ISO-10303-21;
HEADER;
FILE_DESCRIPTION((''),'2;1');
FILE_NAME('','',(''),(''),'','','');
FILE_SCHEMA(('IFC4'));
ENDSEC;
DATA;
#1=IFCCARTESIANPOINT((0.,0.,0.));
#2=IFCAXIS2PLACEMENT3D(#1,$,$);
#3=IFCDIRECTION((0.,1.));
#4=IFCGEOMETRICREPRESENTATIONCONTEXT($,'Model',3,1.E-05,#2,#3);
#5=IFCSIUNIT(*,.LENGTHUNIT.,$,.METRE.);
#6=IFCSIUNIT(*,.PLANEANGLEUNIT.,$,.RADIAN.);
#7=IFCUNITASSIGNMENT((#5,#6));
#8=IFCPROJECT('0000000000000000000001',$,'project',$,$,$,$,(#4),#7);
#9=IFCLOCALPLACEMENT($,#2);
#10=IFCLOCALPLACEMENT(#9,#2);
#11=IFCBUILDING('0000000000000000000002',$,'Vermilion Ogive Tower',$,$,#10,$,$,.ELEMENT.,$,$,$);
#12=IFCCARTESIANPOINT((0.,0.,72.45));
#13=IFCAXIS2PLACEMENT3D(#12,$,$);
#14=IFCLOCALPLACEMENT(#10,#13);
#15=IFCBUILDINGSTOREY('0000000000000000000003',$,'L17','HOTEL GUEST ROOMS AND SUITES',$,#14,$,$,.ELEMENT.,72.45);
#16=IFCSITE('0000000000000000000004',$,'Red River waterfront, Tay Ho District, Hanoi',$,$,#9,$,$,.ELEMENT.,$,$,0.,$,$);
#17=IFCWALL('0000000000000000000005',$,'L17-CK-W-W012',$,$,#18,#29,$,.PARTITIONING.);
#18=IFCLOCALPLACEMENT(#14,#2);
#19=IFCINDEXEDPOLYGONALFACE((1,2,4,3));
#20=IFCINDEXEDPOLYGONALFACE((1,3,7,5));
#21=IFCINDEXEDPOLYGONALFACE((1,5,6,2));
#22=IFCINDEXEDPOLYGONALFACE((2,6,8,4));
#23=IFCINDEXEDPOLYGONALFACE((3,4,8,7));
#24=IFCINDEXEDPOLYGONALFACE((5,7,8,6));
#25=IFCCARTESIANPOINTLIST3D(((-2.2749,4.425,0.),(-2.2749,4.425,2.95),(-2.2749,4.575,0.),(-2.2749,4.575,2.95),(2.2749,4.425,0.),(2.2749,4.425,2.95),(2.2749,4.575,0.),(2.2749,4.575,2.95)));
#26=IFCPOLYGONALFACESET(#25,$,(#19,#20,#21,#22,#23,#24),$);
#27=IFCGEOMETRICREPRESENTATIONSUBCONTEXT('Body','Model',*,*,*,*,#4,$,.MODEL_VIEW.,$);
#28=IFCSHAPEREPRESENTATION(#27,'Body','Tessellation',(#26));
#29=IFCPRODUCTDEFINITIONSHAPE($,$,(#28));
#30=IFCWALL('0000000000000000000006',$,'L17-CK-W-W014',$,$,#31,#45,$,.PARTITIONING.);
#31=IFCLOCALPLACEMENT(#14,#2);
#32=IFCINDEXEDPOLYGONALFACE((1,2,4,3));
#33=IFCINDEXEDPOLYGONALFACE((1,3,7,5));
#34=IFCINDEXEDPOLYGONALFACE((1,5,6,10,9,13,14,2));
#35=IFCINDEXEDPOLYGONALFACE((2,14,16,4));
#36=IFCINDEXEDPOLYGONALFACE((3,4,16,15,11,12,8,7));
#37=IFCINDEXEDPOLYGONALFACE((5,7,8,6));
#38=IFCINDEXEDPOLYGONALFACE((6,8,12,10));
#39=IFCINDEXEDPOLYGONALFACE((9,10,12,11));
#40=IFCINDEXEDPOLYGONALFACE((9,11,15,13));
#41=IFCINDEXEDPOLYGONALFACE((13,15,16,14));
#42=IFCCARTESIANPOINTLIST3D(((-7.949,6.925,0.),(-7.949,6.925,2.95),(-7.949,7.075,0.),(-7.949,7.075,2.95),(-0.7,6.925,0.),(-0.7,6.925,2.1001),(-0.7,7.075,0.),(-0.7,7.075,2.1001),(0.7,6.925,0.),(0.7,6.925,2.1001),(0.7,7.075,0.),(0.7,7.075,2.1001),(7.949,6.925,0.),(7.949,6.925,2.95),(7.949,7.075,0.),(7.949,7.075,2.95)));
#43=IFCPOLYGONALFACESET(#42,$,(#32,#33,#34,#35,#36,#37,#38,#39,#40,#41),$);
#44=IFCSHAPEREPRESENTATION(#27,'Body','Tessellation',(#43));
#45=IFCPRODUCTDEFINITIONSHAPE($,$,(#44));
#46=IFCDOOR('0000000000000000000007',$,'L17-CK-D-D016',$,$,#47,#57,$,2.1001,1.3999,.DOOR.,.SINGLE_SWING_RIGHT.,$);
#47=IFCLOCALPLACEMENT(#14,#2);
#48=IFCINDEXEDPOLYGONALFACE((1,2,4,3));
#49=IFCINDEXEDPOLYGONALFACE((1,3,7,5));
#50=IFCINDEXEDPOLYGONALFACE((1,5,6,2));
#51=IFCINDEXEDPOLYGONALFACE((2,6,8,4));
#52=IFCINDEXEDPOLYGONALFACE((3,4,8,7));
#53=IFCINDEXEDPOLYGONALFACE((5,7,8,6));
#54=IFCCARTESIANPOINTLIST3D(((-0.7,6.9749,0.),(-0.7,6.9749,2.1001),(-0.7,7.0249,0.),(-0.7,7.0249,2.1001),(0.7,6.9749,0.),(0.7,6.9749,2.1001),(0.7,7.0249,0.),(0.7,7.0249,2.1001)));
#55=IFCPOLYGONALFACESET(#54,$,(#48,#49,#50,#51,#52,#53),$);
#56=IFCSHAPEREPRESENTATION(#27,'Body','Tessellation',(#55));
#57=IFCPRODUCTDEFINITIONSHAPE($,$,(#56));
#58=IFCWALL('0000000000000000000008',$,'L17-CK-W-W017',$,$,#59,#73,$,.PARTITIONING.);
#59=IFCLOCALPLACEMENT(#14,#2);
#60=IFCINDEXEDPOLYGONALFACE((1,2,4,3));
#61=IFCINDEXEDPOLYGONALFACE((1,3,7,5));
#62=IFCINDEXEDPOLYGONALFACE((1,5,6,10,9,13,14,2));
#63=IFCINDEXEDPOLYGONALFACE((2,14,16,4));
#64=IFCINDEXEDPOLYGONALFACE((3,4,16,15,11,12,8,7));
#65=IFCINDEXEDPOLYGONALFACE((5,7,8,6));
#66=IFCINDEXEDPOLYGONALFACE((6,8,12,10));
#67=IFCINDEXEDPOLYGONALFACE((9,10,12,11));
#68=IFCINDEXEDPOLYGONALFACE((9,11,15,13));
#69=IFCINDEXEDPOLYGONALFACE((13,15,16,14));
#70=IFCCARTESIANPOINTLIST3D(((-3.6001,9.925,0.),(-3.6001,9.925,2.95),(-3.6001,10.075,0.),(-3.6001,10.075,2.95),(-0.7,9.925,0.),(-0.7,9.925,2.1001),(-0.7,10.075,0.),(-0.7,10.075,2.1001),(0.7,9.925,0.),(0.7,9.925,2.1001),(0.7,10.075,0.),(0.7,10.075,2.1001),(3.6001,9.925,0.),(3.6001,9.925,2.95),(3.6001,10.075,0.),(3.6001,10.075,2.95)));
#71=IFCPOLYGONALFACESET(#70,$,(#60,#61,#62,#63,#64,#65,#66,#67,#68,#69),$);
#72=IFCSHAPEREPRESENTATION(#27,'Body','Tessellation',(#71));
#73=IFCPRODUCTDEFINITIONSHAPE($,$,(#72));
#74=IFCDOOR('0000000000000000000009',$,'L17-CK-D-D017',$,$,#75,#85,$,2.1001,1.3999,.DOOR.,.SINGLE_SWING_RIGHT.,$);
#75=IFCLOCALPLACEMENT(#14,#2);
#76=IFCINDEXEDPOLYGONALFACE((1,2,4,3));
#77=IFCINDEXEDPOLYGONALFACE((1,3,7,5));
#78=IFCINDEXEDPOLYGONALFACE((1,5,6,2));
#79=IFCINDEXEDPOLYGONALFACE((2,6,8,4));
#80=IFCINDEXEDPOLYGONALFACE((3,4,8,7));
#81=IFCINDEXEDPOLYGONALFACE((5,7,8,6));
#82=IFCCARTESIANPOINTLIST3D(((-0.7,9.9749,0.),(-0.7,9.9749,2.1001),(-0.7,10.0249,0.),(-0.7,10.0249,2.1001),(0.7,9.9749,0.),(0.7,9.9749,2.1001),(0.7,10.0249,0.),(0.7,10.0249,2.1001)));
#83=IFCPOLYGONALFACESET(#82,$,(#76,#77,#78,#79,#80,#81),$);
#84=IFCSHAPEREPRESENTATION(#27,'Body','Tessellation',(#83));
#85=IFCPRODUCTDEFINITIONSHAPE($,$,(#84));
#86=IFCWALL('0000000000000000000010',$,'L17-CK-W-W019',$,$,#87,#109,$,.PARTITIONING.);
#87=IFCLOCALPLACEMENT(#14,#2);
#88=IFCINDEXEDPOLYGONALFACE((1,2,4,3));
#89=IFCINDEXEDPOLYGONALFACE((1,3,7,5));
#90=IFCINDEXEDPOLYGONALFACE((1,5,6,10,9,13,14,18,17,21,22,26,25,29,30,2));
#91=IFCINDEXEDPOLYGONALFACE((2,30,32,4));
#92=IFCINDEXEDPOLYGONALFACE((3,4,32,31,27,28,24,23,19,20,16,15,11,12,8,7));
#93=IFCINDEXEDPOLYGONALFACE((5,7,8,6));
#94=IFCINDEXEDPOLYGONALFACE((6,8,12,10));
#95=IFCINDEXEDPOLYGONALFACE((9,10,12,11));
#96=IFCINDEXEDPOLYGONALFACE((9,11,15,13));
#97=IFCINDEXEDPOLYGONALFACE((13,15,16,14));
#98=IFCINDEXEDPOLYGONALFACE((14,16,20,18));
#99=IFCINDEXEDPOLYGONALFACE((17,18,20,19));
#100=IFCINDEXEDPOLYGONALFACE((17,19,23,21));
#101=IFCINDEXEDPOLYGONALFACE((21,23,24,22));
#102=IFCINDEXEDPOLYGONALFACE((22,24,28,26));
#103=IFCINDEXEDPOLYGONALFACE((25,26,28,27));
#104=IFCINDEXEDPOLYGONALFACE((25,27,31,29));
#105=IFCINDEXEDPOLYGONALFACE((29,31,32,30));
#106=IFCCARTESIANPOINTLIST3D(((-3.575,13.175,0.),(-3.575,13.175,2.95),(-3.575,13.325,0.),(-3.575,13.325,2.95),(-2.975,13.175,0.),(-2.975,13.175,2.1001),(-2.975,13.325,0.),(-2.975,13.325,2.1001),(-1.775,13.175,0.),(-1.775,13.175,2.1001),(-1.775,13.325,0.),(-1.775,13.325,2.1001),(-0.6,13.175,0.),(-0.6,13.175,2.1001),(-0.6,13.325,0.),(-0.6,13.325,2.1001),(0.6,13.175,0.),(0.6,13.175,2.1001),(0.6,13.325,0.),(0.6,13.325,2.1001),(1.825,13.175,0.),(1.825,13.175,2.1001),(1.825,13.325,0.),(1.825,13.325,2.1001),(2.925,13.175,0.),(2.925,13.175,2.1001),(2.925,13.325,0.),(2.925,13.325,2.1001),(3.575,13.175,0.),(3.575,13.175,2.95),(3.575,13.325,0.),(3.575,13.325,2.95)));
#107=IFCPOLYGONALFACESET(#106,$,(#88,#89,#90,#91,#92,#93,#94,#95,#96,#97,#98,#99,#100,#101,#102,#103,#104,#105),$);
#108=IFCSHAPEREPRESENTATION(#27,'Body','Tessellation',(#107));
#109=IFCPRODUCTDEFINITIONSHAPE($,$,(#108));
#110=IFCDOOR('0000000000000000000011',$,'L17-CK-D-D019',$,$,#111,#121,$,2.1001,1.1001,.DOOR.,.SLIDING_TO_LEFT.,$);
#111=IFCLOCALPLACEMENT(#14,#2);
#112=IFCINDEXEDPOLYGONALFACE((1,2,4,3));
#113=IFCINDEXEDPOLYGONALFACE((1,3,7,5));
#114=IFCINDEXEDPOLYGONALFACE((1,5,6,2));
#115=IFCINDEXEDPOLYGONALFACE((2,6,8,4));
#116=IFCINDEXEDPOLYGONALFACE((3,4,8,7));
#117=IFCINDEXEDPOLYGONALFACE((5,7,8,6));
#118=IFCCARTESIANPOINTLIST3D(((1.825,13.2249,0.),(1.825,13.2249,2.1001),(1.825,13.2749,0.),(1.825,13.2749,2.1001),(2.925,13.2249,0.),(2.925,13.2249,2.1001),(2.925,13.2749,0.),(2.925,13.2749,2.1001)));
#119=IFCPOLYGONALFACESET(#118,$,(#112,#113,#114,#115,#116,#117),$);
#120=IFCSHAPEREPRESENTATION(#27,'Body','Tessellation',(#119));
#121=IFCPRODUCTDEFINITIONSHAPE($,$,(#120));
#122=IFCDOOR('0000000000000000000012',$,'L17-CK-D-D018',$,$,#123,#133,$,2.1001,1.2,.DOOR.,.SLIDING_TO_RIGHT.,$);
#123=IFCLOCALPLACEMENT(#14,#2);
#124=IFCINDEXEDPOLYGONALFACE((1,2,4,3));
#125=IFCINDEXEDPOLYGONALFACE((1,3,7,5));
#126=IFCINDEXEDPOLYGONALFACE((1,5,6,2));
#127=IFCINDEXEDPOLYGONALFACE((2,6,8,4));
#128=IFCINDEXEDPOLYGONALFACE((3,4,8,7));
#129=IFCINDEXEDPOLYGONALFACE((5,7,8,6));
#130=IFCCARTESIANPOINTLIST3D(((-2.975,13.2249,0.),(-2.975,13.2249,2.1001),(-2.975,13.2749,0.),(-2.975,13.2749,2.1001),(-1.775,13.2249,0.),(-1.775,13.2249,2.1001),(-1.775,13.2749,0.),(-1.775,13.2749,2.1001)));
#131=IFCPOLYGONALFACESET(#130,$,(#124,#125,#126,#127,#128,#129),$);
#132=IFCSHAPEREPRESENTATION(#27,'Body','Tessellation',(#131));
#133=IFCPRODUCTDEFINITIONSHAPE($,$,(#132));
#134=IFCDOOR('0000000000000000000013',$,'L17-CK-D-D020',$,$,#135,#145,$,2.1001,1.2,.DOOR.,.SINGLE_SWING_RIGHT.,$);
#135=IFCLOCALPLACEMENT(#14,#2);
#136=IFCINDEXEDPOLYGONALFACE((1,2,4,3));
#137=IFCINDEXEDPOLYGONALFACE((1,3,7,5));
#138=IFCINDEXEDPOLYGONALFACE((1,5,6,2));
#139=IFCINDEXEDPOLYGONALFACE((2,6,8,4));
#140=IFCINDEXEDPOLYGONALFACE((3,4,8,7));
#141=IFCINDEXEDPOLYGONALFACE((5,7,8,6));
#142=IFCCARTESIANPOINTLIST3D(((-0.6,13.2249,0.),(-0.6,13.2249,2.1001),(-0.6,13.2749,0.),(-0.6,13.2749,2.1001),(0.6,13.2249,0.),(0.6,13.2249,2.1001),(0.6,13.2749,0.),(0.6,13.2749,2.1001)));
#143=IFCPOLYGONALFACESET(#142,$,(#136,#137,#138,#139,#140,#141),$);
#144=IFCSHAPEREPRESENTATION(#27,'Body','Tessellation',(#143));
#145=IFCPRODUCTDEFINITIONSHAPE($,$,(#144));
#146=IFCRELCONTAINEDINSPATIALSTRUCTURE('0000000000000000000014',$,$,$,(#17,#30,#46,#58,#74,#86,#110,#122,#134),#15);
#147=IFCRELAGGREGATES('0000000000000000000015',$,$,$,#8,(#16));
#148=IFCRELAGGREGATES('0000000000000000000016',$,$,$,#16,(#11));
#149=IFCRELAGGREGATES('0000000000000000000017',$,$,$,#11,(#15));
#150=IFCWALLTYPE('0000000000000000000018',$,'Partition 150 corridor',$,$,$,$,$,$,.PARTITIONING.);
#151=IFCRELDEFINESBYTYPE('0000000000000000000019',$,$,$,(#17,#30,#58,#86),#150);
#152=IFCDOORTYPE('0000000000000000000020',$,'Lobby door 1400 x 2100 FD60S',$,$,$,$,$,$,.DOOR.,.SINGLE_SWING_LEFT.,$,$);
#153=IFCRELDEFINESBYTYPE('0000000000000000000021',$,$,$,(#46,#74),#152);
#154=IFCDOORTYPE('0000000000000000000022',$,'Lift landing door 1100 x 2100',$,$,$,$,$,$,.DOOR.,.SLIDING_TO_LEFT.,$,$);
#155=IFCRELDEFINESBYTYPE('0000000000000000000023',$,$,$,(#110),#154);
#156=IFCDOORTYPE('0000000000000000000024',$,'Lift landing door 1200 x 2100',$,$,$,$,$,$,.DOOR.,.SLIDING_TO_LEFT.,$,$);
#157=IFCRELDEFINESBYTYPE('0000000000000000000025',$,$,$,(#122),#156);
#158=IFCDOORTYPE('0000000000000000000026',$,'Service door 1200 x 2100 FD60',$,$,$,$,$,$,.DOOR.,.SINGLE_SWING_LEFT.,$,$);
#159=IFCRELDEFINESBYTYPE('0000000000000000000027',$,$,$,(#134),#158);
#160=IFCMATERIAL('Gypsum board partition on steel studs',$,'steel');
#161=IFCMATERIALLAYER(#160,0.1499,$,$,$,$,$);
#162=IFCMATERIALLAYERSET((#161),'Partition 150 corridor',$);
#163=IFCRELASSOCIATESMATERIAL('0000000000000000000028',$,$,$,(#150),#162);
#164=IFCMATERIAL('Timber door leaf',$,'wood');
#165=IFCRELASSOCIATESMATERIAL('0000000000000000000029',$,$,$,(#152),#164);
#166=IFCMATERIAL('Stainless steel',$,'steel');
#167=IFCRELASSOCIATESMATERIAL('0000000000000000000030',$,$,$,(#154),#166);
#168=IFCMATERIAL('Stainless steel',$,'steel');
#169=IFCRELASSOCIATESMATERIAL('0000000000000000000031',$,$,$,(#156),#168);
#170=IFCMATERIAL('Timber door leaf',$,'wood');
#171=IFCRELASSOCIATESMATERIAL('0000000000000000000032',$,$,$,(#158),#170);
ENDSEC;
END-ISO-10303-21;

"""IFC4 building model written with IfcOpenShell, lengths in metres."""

from ifc_helpers import new_model, si_unit, direction, frame, frame_2d, origin, place, context, subcontext, project, spatial, rectangle, extrude, material, layer, layer_set, type_object, element, fill, save


model = new_model("IFC4")

# Units and contexts
model_context = context("Model", 3, precision=1e-05, world=origin(), true_north=direction((0.0, 1.0)))
body_context = subcontext(model_context, "Body", "Model", "MODEL_VIEW")
ifc_project = project(units=[si_unit("LENGTHUNIT", "METRE"), si_unit("PLANEANGLEUNIT", "RADIAN")], contexts=[model_context])

# Site, building, storey
site_placement = place(None, origin())
site = spatial("IfcSite", under=ifc_project, at=site_placement, Name="Red River waterfront, Tay Ho District, Hanoi", CompositionType="ELEMENT", RefElevation=0.0)
building_placement = place(site_placement, origin())
building = spatial("IfcBuilding", under=site, at=building_placement, Name="Vermilion Ogive Tower", CompositionType="ELEMENT")
storey_placement = place(building_placement, frame((0.0, 0.0, 72.45)))
storey = spatial("IfcBuildingStorey", under=building, at=storey_placement, Name="L17", Description="HOTEL GUEST ROOMS AND SUITES", CompositionType="ELEMENT", Elevation=72.45)

# Wall
ifc_material_1 = material(Name="Gypsum board partition on steel studs", Category="steel")
ifc_layer_1 = layer(ifc_material_1, 0.1499)
ifc_layer_set_1 = layer_set([ifc_layer_1], Name="Partition 150 corridor")
wall_type_1 = type_object("IfcWallType", Name="Partition 150 corridor", PredefinedType="PARTITIONING", material=ifc_layer_set_1)
wall_1_placement = place(storey_placement, frame((-2.2749, 4.5, 0.0), z_axis=(0.0, 0.0, 1.0), x_axis=(1.0, 0.0, 0.0)))
element("IfcWall", 1, at=wall_1_placement, inside=storey, type_object=wall_type_1, Name="L17-CK-W-W012", PredefinedType="PARTITIONING", context=body_context, shape_type="SweptSolid", body=[
    extrude(rectangle(XDim=4.5498, YDim=0.1499, at=frame_2d((2.2749, 0.0))), origin(), (0.0, 0.0, 1.0), 2.95),
])

# Walls, openings, doors
wall_2_placement = place(storey_placement, frame((-7.949, 7.0, 0.0), z_axis=(0.0, 0.0, 1.0), x_axis=(1.0, 0.0, 0.0)))
wall_2 = element("IfcWall", 2, at=wall_2_placement, inside=storey, type_object=wall_type_1, Name="L17-CK-W-W014", PredefinedType="PARTITIONING", context=body_context, shape_type="SweptSolid", body=[
    extrude(rectangle(XDim=15.8979, YDim=0.1499, at=frame_2d((7.949, 0.0))), origin(), (0.0, 0.0, 1.0), 2.95),
])
opening_1_placement = place(wall_2_placement, frame((7.249, 0.0, 0.0)))
opening_1 = element("IfcOpeningElement", 3, at=opening_1_placement, cuts=wall_2, PredefinedType="OPENING", context=body_context, shape_type="SweptSolid", body=[
    extrude(rectangle(XDim=1.3999, YDim=2.1001, at=frame_2d((0.7, 1.05))), frame((0.0, 0.085, 0.0), z_axis=(0.0, -1.0, 0.0), x_axis=(1.0, 0.0, 0.0)), (0.0, 0.0, 1.0), 0.1699),
])
ifc_material_2 = material(Name="Timber door leaf", Category="wood")
door_type_1 = type_object("IfcDoorType", Name="Lobby door 1400 x 2100 FD60S", OperationType="SINGLE_SWING_LEFT", PredefinedType="DOOR", material=ifc_material_2)
door_1_placement = place(opening_1_placement, origin())
door_1 = element("IfcDoor", 4, at=door_1_placement, inside=storey, type_object=door_type_1, Name="L17-CK-D-D016", OperationType="SINGLE_SWING_RIGHT", OverallHeight=2.1001, OverallWidth=1.3999, PredefinedType="DOOR", context=body_context, shape_type="SweptSolid", body=[
    extrude(rectangle(XDim=1.3999, YDim=2.1001, at=frame_2d((0.7, 1.05))), frame((0.0, 0.0249, 0.0), z_axis=(0.0, -1.0, 0.0), x_axis=(1.0, 0.0, 0.0)), (0.0, 0.0, 1.0), 0.05),
])
fill(opening_1, door_1)
wall_3_placement = place(storey_placement, frame((-3.6001, 10.0, 0.0), z_axis=(0.0, 0.0, 1.0), x_axis=(1.0, 0.0, 0.0)))
wall_3 = element("IfcWall", 5, at=wall_3_placement, inside=storey, type_object=wall_type_1, Name="L17-CK-W-W017", PredefinedType="PARTITIONING", context=body_context, shape_type="SweptSolid", body=[
    extrude(rectangle(XDim=7.2002, YDim=0.1499, at=frame_2d((3.6001, 0.0))), origin(), (0.0, 0.0, 1.0), 2.95),
])
opening_2_placement = place(wall_3_placement, frame((2.9001, 0.0, 0.0)))
opening_2 = element("IfcOpeningElement", 6, at=opening_2_placement, cuts=wall_3, PredefinedType="OPENING", context=body_context, shape_type="SweptSolid", body=[
    extrude(rectangle(XDim=1.3999, YDim=2.1001, at=frame_2d((0.7, 1.05))), frame((0.0, 0.085, 0.0), z_axis=(0.0, -1.0, 0.0), x_axis=(1.0, 0.0, 0.0)), (0.0, 0.0, 1.0), 0.1699),
])
door_2_placement = place(opening_2_placement, origin())
door_2 = element("IfcDoor", 7, at=door_2_placement, inside=storey, type_object=door_type_1, Name="L17-CK-D-D017", OperationType="SINGLE_SWING_RIGHT", OverallHeight=2.1001, OverallWidth=1.3999, PredefinedType="DOOR", context=body_context, shape_type="SweptSolid", body=[
    extrude(rectangle(XDim=1.3999, YDim=2.1001, at=frame_2d((0.7, 1.05))), frame((0.0, 0.0249, 0.0), z_axis=(0.0, -1.0, 0.0), x_axis=(1.0, 0.0, 0.0)), (0.0, 0.0, 1.0), 0.05),
])
fill(opening_2, door_2)

# Wall, openings, doors
wall_4_placement = place(storey_placement, frame((-3.575, 13.25, 0.0), z_axis=(0.0, 0.0, 1.0), x_axis=(1.0, 0.0, 0.0)))
wall_4 = element("IfcWall", 8, at=wall_4_placement, inside=storey, type_object=wall_type_1, Name="L17-CK-W-W019", PredefinedType="PARTITIONING", context=body_context, shape_type="SweptSolid", body=[
    extrude(rectangle(XDim=7.1499, YDim=0.1499, at=frame_2d((3.575, 0.0))), origin(), (0.0, 0.0, 1.0), 2.95),
])
opening_3_placement = place(wall_4_placement, frame((0.5999, 0.0, 0.0)))
opening_3 = element("IfcOpeningElement", 9, at=opening_3_placement, cuts=wall_4, PredefinedType="OPENING", context=body_context, shape_type="SweptSolid", body=[
    extrude(rectangle(XDim=1.2, YDim=2.1001, at=frame_2d((0.6001, 1.05))), frame((0.0, 0.085, 0.0), z_axis=(0.0, -1.0, 0.0), x_axis=(1.0, 0.0, 0.0)), (0.0, 0.0, 1.0), 0.1699),
])
opening_4_placement = place(wall_4_placement, frame((5.3999, 0.0, 0.0)))
opening_4 = element("IfcOpeningElement", 10, at=opening_4_placement, cuts=wall_4, PredefinedType="OPENING", context=body_context, shape_type="SweptSolid", body=[
    extrude(rectangle(XDim=1.1001, YDim=2.1001, at=frame_2d((0.55, 1.05))), frame((0.0, 0.085, 0.0), z_axis=(0.0, -1.0, 0.0), x_axis=(1.0, 0.0, 0.0)), (0.0, 0.0, 1.0), 0.1699),
])
opening_5_placement = place(wall_4_placement, frame((2.9749, 0.0, 0.0)))
opening_5 = element("IfcOpeningElement", 11, at=opening_5_placement, cuts=wall_4, PredefinedType="OPENING", context=body_context, shape_type="SweptSolid", body=[
    extrude(rectangle(XDim=1.2, YDim=2.1001, at=frame_2d((0.6001, 1.05))), frame((0.0, 0.085, 0.0), z_axis=(0.0, -1.0, 0.0), x_axis=(1.0, 0.0, 0.0)), (0.0, 0.0, 1.0), 0.1699),
])
ifc_material_3 = material(Name="Stainless steel", Category="steel")
door_type_2 = type_object("IfcDoorType", Name="Lift landing door 1100 x 2100", OperationType="SLIDING_TO_LEFT", PredefinedType="DOOR", material=ifc_material_3)
door_3_placement = place(opening_4_placement, origin())
door_3 = element("IfcDoor", 12, at=door_3_placement, inside=storey, type_object=door_type_2, Name="L17-CK-D-D019", OperationType="SLIDING_TO_LEFT", OverallHeight=2.1001, OverallWidth=1.1001, PredefinedType="DOOR", context=body_context, shape_type="SweptSolid", body=[
    extrude(rectangle(XDim=1.1001, YDim=2.1001, at=frame_2d((0.55, 1.05))), frame((0.0, 0.0249, 0.0), z_axis=(0.0, -1.0, 0.0), x_axis=(1.0, 0.0, 0.0)), (0.0, 0.0, 1.0), 0.05),
])
fill(opening_4, door_3)
ifc_material_4 = material(Name="Stainless steel", Category="steel")
door_type_3 = type_object("IfcDoorType", Name="Lift landing door 1200 x 2100", OperationType="SLIDING_TO_LEFT", PredefinedType="DOOR", material=ifc_material_4)
door_4_placement = place(opening_3_placement, origin())
door_4 = element("IfcDoor", 13, at=door_4_placement, inside=storey, type_object=door_type_3, Name="L17-CK-D-D018", OperationType="SLIDING_TO_RIGHT", OverallHeight=2.1001, OverallWidth=1.2, PredefinedType="DOOR", context=body_context, shape_type="SweptSolid", body=[
    extrude(rectangle(XDim=1.2, YDim=2.1001, at=frame_2d((0.6001, 1.05))), frame((0.0, 0.0249, 0.0), z_axis=(0.0, -1.0, 0.0), x_axis=(1.0, 0.0, 0.0)), (0.0, 0.0, 1.0), 0.05),
])
fill(opening_3, door_4)
ifc_material_5 = material(Name="Timber door leaf", Category="wood")
door_type_4 = type_object("IfcDoorType", Name="Service door 1200 x 2100 FD60", OperationType="SINGLE_SWING_LEFT", PredefinedType="DOOR", material=ifc_material_5)
door_5_placement = place(opening_5_placement, origin())
door_5 = element("IfcDoor", 14, at=door_5_placement, inside=storey, type_object=door_type_4, Name="L17-CK-D-D020", OperationType="SINGLE_SWING_RIGHT", OverallHeight=2.1001, OverallWidth=1.2, PredefinedType="DOOR", context=body_context, shape_type="SweptSolid", body=[
    extrude(rectangle(XDim=1.2, YDim=2.1001, at=frame_2d((0.6001, 1.05))), frame((0.0, 0.0249, 0.0), z_axis=(0.0, -1.0, 0.0), x_axis=(1.0, 0.0, 0.0)), (0.0, 0.0, 1.0), 0.05),
])
fill(opening_5, door_5)

save(model, "model.ifc")
